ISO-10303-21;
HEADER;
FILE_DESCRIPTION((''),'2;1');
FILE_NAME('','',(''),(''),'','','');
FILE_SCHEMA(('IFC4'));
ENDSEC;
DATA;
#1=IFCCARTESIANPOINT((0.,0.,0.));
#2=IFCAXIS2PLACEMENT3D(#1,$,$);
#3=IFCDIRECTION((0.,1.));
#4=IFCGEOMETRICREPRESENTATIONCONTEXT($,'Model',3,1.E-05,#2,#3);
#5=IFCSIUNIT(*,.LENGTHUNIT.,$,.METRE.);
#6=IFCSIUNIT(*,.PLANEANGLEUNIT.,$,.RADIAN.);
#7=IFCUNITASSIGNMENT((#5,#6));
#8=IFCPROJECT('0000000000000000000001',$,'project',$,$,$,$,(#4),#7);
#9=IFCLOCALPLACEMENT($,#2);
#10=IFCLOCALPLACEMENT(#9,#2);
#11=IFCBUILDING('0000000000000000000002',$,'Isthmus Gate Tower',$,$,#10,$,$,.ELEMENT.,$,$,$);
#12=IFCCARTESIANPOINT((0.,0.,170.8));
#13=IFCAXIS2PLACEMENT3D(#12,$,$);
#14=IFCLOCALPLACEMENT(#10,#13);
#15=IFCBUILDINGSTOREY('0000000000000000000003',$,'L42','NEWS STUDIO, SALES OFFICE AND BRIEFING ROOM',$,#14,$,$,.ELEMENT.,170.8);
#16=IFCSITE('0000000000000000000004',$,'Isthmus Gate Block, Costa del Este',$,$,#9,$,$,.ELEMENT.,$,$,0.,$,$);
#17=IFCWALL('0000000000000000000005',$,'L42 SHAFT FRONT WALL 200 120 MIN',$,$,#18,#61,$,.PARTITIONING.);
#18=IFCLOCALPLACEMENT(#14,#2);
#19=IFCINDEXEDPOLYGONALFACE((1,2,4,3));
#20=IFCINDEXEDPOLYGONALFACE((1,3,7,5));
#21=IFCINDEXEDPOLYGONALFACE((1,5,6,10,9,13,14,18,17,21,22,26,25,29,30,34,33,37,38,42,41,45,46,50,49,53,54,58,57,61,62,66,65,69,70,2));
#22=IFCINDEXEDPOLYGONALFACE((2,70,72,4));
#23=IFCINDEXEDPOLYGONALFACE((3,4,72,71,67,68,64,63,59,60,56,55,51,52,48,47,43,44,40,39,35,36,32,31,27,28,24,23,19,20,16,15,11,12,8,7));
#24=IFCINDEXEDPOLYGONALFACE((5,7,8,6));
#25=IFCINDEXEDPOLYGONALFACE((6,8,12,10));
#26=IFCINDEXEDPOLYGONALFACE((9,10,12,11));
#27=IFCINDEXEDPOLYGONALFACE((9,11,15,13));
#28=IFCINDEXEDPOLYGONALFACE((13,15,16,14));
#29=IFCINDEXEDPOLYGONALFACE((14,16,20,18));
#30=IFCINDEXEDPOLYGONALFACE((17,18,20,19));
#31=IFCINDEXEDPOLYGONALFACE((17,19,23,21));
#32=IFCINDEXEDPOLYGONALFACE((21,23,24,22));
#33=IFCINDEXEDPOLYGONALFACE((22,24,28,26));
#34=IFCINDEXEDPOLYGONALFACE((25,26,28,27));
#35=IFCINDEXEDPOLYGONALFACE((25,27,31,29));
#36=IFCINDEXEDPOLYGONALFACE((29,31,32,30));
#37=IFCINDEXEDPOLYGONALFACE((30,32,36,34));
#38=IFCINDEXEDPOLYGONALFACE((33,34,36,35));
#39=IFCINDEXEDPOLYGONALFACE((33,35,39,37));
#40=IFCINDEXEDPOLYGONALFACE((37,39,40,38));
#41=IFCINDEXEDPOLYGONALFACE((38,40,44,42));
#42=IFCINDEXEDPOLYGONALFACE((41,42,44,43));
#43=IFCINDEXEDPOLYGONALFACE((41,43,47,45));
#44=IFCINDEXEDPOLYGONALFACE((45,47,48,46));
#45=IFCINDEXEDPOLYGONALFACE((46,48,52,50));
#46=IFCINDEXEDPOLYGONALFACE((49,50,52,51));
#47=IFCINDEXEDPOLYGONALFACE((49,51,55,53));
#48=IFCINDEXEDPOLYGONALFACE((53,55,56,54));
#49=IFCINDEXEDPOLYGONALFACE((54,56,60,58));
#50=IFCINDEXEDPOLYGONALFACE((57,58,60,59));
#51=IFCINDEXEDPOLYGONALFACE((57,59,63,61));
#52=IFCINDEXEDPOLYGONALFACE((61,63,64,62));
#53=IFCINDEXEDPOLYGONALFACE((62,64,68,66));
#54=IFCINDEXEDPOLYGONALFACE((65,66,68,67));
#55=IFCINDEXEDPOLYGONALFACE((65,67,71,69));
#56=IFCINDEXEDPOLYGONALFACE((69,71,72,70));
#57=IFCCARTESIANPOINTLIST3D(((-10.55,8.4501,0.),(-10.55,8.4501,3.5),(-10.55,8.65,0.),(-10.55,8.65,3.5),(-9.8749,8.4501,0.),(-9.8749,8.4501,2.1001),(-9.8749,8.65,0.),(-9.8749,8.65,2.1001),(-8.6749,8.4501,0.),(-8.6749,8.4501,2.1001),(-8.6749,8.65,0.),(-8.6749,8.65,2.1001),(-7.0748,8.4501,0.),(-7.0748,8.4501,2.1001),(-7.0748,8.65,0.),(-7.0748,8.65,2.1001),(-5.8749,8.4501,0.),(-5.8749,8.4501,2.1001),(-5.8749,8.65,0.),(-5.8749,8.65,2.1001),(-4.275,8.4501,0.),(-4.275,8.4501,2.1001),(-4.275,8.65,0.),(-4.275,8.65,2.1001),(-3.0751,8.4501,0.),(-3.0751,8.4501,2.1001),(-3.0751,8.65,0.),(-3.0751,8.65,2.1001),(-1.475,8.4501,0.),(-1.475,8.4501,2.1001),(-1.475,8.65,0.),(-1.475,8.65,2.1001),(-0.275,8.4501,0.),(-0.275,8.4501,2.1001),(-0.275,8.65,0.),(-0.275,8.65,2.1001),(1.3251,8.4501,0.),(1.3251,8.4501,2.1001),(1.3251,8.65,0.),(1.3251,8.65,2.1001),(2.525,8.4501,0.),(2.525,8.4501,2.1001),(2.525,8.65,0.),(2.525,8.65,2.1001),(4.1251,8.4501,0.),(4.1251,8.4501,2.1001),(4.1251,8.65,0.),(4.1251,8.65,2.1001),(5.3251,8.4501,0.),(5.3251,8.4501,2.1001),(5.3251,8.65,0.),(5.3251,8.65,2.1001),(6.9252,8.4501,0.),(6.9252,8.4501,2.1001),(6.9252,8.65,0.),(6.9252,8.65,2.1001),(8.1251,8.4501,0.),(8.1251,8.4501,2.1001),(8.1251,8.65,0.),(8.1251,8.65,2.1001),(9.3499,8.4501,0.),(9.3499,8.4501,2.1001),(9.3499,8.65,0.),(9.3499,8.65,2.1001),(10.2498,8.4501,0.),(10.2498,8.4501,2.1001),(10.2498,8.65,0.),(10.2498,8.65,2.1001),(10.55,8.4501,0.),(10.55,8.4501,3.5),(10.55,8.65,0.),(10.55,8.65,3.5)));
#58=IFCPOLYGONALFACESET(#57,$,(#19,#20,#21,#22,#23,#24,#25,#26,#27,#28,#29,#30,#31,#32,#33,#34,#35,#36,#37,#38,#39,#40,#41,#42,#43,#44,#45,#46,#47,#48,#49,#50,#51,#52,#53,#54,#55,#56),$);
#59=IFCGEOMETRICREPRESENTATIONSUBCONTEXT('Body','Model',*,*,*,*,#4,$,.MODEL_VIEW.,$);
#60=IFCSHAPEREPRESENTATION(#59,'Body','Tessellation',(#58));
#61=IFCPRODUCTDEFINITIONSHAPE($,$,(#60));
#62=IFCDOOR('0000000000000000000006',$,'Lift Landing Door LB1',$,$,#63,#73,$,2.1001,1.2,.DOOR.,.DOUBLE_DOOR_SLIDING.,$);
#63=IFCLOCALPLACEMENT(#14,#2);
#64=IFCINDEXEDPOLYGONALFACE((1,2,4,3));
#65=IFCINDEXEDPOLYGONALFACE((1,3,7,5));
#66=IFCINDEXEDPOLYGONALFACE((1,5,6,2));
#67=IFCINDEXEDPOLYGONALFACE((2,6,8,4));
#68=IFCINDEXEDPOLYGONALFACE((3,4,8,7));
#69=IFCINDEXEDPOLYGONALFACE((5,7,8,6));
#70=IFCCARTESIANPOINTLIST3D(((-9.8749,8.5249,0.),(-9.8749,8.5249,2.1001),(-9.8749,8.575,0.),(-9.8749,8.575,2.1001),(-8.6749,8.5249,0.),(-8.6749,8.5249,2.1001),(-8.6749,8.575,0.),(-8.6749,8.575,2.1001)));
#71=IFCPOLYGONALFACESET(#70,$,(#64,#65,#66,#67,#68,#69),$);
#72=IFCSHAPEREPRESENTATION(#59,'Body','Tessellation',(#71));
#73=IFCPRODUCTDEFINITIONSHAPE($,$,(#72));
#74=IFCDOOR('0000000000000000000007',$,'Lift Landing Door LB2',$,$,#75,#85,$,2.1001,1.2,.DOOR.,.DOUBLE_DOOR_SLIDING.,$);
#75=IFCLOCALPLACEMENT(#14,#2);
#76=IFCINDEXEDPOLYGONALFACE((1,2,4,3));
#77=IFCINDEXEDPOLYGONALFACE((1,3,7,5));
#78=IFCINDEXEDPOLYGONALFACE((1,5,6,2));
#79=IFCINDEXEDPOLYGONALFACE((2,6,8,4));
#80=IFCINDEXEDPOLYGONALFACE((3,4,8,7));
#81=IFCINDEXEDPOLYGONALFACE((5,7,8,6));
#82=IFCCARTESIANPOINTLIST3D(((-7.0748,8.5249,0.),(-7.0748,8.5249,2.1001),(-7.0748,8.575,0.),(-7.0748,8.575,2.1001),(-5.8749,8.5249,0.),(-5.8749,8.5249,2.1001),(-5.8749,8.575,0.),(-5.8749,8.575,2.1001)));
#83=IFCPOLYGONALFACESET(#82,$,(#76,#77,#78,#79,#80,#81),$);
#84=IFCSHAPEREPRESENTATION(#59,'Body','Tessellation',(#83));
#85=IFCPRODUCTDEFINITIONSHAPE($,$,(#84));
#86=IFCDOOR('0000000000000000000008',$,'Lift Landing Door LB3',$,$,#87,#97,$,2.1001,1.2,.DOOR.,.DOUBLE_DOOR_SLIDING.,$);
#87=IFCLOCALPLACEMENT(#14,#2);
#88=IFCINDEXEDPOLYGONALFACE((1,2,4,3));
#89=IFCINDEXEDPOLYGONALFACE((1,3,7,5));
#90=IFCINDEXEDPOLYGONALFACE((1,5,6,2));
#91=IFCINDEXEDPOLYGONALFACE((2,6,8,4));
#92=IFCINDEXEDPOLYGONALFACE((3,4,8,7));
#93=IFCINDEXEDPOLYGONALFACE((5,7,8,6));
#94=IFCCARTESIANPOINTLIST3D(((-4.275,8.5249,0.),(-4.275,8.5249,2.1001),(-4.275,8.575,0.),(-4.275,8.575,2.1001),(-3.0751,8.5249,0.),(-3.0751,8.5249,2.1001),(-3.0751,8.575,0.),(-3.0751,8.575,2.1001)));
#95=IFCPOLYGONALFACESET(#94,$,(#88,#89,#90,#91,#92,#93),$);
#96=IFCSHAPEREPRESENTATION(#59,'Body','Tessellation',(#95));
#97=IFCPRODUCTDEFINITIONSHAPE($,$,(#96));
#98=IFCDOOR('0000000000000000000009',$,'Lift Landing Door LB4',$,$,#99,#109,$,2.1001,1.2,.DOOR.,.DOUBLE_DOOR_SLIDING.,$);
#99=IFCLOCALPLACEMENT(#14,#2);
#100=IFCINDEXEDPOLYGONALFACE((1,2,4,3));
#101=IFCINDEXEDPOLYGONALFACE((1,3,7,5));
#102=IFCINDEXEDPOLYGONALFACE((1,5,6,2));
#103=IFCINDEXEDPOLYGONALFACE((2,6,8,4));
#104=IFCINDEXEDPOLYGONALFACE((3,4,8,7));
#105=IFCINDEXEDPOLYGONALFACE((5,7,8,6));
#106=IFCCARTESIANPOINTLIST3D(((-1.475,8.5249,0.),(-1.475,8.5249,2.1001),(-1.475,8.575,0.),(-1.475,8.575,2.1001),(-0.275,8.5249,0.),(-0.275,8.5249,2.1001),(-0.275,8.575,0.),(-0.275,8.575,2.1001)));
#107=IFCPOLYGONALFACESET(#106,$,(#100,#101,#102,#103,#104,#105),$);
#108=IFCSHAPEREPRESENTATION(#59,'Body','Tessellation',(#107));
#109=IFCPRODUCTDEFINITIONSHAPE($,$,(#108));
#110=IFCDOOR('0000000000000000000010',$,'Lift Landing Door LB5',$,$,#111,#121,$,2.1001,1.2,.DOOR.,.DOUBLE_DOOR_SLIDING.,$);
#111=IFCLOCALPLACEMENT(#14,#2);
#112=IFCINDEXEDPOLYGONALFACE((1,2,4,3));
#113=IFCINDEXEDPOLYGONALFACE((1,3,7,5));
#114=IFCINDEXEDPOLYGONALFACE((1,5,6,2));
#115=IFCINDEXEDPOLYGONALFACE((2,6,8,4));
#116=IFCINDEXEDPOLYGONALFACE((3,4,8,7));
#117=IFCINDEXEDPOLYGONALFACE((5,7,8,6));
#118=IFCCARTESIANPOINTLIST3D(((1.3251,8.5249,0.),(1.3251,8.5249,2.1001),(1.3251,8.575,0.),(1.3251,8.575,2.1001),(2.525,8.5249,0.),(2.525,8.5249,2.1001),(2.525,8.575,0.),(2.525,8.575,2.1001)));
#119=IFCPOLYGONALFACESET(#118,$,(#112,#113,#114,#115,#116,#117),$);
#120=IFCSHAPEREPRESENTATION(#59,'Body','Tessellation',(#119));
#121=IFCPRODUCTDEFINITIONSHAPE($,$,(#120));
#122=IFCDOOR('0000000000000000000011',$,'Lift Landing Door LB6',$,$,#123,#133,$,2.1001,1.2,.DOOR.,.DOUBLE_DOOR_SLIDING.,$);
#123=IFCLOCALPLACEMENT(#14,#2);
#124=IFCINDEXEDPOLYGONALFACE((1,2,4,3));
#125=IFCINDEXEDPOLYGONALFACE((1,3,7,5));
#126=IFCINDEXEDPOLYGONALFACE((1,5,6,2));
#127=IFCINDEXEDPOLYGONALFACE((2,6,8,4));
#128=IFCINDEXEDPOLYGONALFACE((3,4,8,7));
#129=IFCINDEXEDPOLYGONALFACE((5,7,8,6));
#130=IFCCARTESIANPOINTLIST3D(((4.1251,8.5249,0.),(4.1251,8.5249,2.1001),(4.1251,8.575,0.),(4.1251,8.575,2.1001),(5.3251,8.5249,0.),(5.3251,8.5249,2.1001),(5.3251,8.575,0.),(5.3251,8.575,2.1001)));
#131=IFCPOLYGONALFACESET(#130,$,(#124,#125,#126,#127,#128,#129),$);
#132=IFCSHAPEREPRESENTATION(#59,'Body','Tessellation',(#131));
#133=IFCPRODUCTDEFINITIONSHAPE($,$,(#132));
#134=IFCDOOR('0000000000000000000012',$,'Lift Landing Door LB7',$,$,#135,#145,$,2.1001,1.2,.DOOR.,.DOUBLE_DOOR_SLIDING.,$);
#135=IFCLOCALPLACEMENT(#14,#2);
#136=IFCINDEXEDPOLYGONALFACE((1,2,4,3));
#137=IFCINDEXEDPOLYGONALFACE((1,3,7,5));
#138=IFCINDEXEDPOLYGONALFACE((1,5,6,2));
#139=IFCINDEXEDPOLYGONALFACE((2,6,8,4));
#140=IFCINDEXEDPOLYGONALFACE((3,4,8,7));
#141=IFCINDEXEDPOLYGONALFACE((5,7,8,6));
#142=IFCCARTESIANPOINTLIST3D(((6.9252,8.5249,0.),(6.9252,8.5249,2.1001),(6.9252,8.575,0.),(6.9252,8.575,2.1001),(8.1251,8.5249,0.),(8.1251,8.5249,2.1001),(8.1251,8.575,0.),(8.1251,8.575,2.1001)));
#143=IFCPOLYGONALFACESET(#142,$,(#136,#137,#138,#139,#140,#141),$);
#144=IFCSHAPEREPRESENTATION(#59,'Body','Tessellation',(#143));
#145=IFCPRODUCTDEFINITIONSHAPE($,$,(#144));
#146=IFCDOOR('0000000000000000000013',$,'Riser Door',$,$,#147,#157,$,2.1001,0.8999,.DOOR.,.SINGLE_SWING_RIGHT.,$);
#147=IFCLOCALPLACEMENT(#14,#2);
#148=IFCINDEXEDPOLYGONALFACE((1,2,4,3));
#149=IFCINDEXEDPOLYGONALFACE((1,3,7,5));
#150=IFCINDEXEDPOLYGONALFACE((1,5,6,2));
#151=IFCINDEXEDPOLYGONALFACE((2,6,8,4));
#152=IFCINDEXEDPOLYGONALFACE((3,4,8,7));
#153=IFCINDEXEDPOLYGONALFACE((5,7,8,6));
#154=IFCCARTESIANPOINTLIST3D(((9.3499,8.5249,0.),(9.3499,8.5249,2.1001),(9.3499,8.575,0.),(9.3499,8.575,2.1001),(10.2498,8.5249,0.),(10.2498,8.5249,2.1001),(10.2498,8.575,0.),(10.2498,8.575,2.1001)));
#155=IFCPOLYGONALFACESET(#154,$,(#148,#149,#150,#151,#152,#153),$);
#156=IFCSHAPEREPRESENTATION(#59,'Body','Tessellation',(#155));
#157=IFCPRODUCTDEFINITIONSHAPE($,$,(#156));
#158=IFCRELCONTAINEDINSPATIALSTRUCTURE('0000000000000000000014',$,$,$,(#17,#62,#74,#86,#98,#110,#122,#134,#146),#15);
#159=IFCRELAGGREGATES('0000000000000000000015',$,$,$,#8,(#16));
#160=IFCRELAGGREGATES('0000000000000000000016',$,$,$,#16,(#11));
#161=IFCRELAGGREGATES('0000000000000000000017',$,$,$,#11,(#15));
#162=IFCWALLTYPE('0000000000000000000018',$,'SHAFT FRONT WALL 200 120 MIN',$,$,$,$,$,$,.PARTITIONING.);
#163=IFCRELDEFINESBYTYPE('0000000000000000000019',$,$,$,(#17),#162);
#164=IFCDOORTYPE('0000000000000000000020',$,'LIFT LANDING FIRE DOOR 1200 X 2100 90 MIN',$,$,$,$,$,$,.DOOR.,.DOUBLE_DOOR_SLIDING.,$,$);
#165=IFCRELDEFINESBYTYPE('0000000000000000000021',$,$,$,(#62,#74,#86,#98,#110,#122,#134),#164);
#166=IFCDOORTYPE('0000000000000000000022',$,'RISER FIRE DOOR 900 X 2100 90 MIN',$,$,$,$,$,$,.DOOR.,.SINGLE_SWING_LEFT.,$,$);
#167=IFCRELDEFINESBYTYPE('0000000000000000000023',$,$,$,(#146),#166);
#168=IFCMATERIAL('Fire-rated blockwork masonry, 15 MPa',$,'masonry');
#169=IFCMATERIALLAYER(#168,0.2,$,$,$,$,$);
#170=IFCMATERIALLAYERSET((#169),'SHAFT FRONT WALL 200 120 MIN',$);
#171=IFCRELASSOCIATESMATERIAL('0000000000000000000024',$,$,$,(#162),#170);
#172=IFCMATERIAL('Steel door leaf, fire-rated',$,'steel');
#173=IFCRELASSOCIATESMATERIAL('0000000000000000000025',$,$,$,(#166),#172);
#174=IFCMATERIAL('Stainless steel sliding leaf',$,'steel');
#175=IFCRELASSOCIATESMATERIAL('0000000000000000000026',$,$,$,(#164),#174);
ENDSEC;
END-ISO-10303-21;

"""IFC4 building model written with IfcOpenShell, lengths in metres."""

from ifc_helpers import new_model, si_unit, direction, frame, frame_2d, origin, place, context, subcontext, project, spatial, rectangle, extrude, material, layer, layer_set, type_object, element, fill, save


model = new_model("IFC4")

# Units and contexts
model_context = context("Model", 3, precision=1e-05, world=origin(), true_north=direction((0.0, 1.0)))
body_context = subcontext(model_context, "Body", "Model", "MODEL_VIEW")
ifc_project = project(units=[si_unit("LENGTHUNIT", "METRE"), si_unit("PLANEANGLEUNIT", "RADIAN")], contexts=[model_context])

# Site, building, storey
site_placement = place(None, origin())
site = spatial("IfcSite", under=ifc_project, at=site_placement, Name="Isthmus Gate Block, Costa del Este", CompositionType="ELEMENT", RefElevation=0.0)
building_placement = place(site_placement, origin())
building = spatial("IfcBuilding", under=site, at=building_placement, Name="Isthmus Gate Tower", CompositionType="ELEMENT")
storey_placement = place(building_placement, frame((0.0, 0.0, 170.8)))
storey = spatial("IfcBuildingStorey", under=building, at=storey_placement, Name="L42", Description="NEWS STUDIO, SALES OFFICE AND BRIEFING ROOM", CompositionType="ELEMENT", Elevation=170.8)

# Wall, openings, doors
ifc_material_1 = material(Name="Fire-rated blockwork masonry, 15 MPa", Category="masonry")
ifc_layer_1 = layer(ifc_material_1, 0.2)
ifc_layer_set_1 = layer_set([ifc_layer_1], Name="SHAFT FRONT WALL 200 120 MIN")
wall_type_1 = type_object("IfcWallType", Name="SHAFT FRONT WALL 200 120 MIN", PredefinedType="PARTITIONING", material=ifc_layer_set_1)
ifc_material_2 = material(Name="Steel door leaf, fire-rated", Category="steel")
door_type_1 = type_object("IfcDoorType", Name="RISER FIRE DOOR 900 X 2100 90 MIN", OperationType="SINGLE_SWING_LEFT", PredefinedType="DOOR", material=ifc_material_2)
wall_1_placement = place(storey_placement, frame((-10.55, 8.55, 0.0), z_axis=(0.0, 0.0, 1.0), x_axis=(1.0, 0.0, 0.0)))
wall_1 = element("IfcWall", 1, at=wall_1_placement, inside=storey, type_object=wall_type_1, Name="L42 SHAFT FRONT WALL 200 120 MIN", PredefinedType="PARTITIONING", context=body_context, shape_type="SweptSolid", body=[
    extrude(rectangle(XDim=21.1001, YDim=0.2, at=frame_2d((10.55, 0.0))), origin(), (0.0, 0.0, 1.0), 3.5),
])
opening_1_placement = place(wall_1_placement, frame((0.675, 0.0, 0.0)))
opening_1 = element("IfcOpeningElement", 2, at=opening_1_placement, cuts=wall_1, PredefinedType="OPENING", context=body_context, shape_type="SweptSolid", body=[
    extrude(rectangle(XDim=1.2, YDim=2.1001, at=frame_2d((0.6001, 1.05))), frame((0.0, 0.1099, 0.0), z_axis=(0.0, -1.0, 0.0), x_axis=(1.0, 0.0, 0.0)), (0.0, 0.0, 1.0), 0.22),
])
opening_2_placement = place(wall_1_placement, frame((3.4751, 0.0, 0.0)))
opening_2 = element("IfcOpeningElement", 3, at=opening_2_placement, cuts=wall_1, PredefinedType="OPENING", context=body_context, shape_type="SweptSolid", body=[
    extrude(rectangle(XDim=1.2, YDim=2.1001, at=frame_2d((0.6001, 1.05))), frame((0.0, 0.1099, 0.0), z_axis=(0.0, -1.0, 0.0), x_axis=(1.0, 0.0, 0.0)), (0.0, 0.0, 1.0), 0.22),
])
opening_3_placement = place(wall_1_placement, frame((6.2749, 0.0, 0.0)))
opening_3 = element("IfcOpeningElement", 4, at=opening_3_placement, cuts=wall_1, PredefinedType="OPENING", context=body_context, shape_type="SweptSolid", body=[
    extrude(rectangle(XDim=1.2, YDim=2.1001, at=frame_2d((0.6001, 1.05))), frame((0.0, 0.1099, 0.0), z_axis=(0.0, -1.0, 0.0), x_axis=(1.0, 0.0, 0.0)), (0.0, 0.0, 1.0), 0.22),
])
opening_4_placement = place(wall_1_placement, frame((9.075, 0.0, 0.0)))
opening_4 = element("IfcOpeningElement", 5, at=opening_4_placement, cuts=wall_1, PredefinedType="OPENING", context=body_context, shape_type="SweptSolid", body=[
    extrude(rectangle(XDim=1.2, YDim=2.1001, at=frame_2d((0.6001, 1.05))), frame((0.0, 0.1099, 0.0), z_axis=(0.0, -1.0, 0.0), x_axis=(1.0, 0.0, 0.0)), (0.0, 0.0, 1.0), 0.22),
])
opening_5_placement = place(wall_1_placement, frame((11.875, 0.0, 0.0)))
opening_5 = element("IfcOpeningElement", 6, at=opening_5_placement, cuts=wall_1, PredefinedType="OPENING", context=body_context, shape_type="SweptSolid", body=[
    extrude(rectangle(XDim=1.2, YDim=2.1001, at=frame_2d((0.6001, 1.05))), frame((0.0, 0.1099, 0.0), z_axis=(0.0, -1.0, 0.0), x_axis=(1.0, 0.0, 0.0)), (0.0, 0.0, 1.0), 0.22),
])
opening_6_placement = place(wall_1_placement, frame((14.675, 0.0, 0.0)))
opening_6 = element("IfcOpeningElement", 7, at=opening_6_placement, cuts=wall_1, PredefinedType="OPENING", context=body_context, shape_type="SweptSolid", body=[
    extrude(rectangle(XDim=1.2, YDim=2.1001, at=frame_2d((0.6001, 1.05))), frame((0.0, 0.1099, 0.0), z_axis=(0.0, -1.0, 0.0), x_axis=(1.0, 0.0, 0.0)), (0.0, 0.0, 1.0), 0.22),
])
opening_7_placement = place(wall_1_placement, frame((17.4751, 0.0, 0.0)))
opening_7 = element("IfcOpeningElement", 8, at=opening_7_placement, cuts=wall_1, PredefinedType="OPENING", context=body_context, shape_type="SweptSolid", body=[
    extrude(rectangle(XDim=1.2, YDim=2.1001, at=frame_2d((0.6001, 1.05))), frame((0.0, 0.1099, 0.0), z_axis=(0.0, -1.0, 0.0), x_axis=(1.0, 0.0, 0.0)), (0.0, 0.0, 1.0), 0.22),
])
opening_8_placement = place(wall_1_placement, frame((19.8999, 0.0, 0.0)))
opening_8 = element("IfcOpeningElement", 9, at=opening_8_placement, cuts=wall_1, PredefinedType="OPENING", context=body_context, shape_type="SweptSolid", body=[
    extrude(rectangle(XDim=0.8999, YDim=2.1001, at=frame_2d((0.45, 1.05))), frame((0.0, 0.1099, 0.0), z_axis=(0.0, -1.0, 0.0), x_axis=(1.0, 0.0, 0.0)), (0.0, 0.0, 1.0), 0.22),
])
ifc_material_3 = material(Name="Stainless steel sliding leaf", Category="steel")
door_type_2 = type_object("IfcDoorType", Name="LIFT LANDING FIRE DOOR 1200 X 2100 90 MIN", OperationType="DOUBLE_DOOR_SLIDING", PredefinedType="DOOR", material=ifc_material_3)
door_1_placement = place(opening_1_placement, origin())
door_1 = element("IfcDoor", 10, at=door_1_placement, inside=storey, type_object=door_type_2, Name="Lift Landing Door LB1", OperationType="DOUBLE_DOOR_SLIDING", OverallHeight=2.1001, OverallWidth=1.2, PredefinedType="DOOR", context=body_context, shape_type="SweptSolid", body=[
    extrude(rectangle(XDim=1.2, YDim=2.1001, at=frame_2d((0.6001, 1.05))), frame((0.0, 0.0249, 0.0), z_axis=(0.0, -1.0, 0.0), x_axis=(1.0, 0.0, 0.0)), (0.0, 0.0, 1.0), 0.05),
])
fill(opening_1, door_1)
door_2_placement = place(opening_2_placement, origin())
door_2 = element("IfcDoor", 11, at=door_2_placement, inside=storey, type_object=door_type_2, Name="Lift Landing Door LB2", OperationType="DOUBLE_DOOR_SLIDING", OverallHeight=2.1001, OverallWidth=1.2, PredefinedType="DOOR", context=body_context, shape_type="SweptSolid", body=[
    extrude(rectangle(XDim=1.2, YDim=2.1001, at=frame_2d((0.6001, 1.05))), frame((0.0, 0.0249, 0.0), z_axis=(0.0, -1.0, 0.0), x_axis=(1.0, 0.0, 0.0)), (0.0, 0.0, 1.0), 0.05),
])
fill(opening_2, door_2)
door_3_placement = place(opening_3_placement, origin())
door_3 = element("IfcDoor", 12, at=door_3_placement, inside=storey, type_object=door_type_2, Name="Lift Landing Door LB3", OperationType="DOUBLE_DOOR_SLIDING", OverallHeight=2.1001, OverallWidth=1.2, PredefinedType="DOOR", context=body_context, shape_type="SweptSolid", body=[
    extrude(rectangle(XDim=1.2, YDim=2.1001, at=frame_2d((0.6001, 1.05))), frame((0.0, 0.0249, 0.0), z_axis=(0.0, -1.0, 0.0), x_axis=(1.0, 0.0, 0.0)), (0.0, 0.0, 1.0), 0.05),
])
fill(opening_3, door_3)
door_4_placement = place(opening_4_placement, origin())
door_4 = element("IfcDoor", 13, at=door_4_placement, inside=storey, type_object=door_type_2, Name="Lift Landing Door LB4", OperationType="DOUBLE_DOOR_SLIDING", OverallHeight=2.1001, OverallWidth=1.2, PredefinedType="DOOR", context=body_context, shape_type="SweptSolid", body=[
    extrude(rectangle(XDim=1.2, YDim=2.1001, at=frame_2d((0.6001, 1.05))), frame((0.0, 0.0249, 0.0), z_axis=(0.0, -1.0, 0.0), x_axis=(1.0, 0.0, 0.0)), (0.0, 0.0, 1.0), 0.05),
])
fill(opening_4, door_4)
door_5_placement = place(opening_5_placement, origin())
door_5 = element("IfcDoor", 14, at=door_5_placement, inside=storey, type_object=door_type_2, Name="Lift Landing Door LB5", OperationType="DOUBLE_DOOR_SLIDING", OverallHeight=2.1001, OverallWidth=1.2, PredefinedType="DOOR", context=body_context, shape_type="SweptSolid", body=[
    extrude(rectangle(XDim=1.2, YDim=2.1001, at=frame_2d((0.6001, 1.05))), frame((0.0, 0.0249, 0.0), z_axis=(0.0, -1.0, 0.0), x_axis=(1.0, 0.0, 0.0)), (0.0, 0.0, 1.0), 0.05),
])
fill(opening_5, door_5)
door_6_placement = place(opening_6_placement, origin())
door_6 = element("IfcDoor", 15, at=door_6_placement, inside=storey, type_object=door_type_2, Name="Lift Landing Door LB6", OperationType="DOUBLE_DOOR_SLIDING", OverallHeight=2.1001, OverallWidth=1.2, PredefinedType="DOOR", context=body_context, shape_type="SweptSolid", body=[
    extrude(rectangle(XDim=1.2, YDim=2.1001, at=frame_2d((0.6001, 1.05))), frame((0.0, 0.0249, 0.0), z_axis=(0.0, -1.0, 0.0), x_axis=(1.0, 0.0, 0.0)), (0.0, 0.0, 1.0), 0.05),
])
fill(opening_6, door_6)
door_7_placement = place(opening_7_placement, origin())
door_7 = element("IfcDoor", 16, at=door_7_placement, inside=storey, type_object=door_type_2, Name="Lift Landing Door LB7", OperationType="DOUBLE_DOOR_SLIDING", OverallHeight=2.1001, OverallWidth=1.2, PredefinedType="DOOR", context=body_context, shape_type="SweptSolid", body=[
    extrude(rectangle(XDim=1.2, YDim=2.1001, at=frame_2d((0.6001, 1.05))), frame((0.0, 0.0249, 0.0), z_axis=(0.0, -1.0, 0.0), x_axis=(1.0, 0.0, 0.0)), (0.0, 0.0, 1.0), 0.05),
])
fill(opening_7, door_7)
door_8_placement = place(opening_8_placement, origin())
door_8 = element("IfcDoor", 17, at=door_8_placement, inside=storey, type_object=door_type_1, Name="Riser Door", OperationType="SINGLE_SWING_RIGHT", OverallHeight=2.1001, OverallWidth=0.8999, PredefinedType="DOOR", context=body_context, shape_type="SweptSolid", body=[
    extrude(rectangle(XDim=0.8999, YDim=2.1001, at=frame_2d((0.45, 1.05))), frame((0.0, 0.0249, 0.0), z_axis=(0.0, -1.0, 0.0), x_axis=(1.0, 0.0, 0.0)), (0.0, 0.0, 1.0), 0.05),
])
fill(opening_8, door_8)

save(model, "model.ifc")
